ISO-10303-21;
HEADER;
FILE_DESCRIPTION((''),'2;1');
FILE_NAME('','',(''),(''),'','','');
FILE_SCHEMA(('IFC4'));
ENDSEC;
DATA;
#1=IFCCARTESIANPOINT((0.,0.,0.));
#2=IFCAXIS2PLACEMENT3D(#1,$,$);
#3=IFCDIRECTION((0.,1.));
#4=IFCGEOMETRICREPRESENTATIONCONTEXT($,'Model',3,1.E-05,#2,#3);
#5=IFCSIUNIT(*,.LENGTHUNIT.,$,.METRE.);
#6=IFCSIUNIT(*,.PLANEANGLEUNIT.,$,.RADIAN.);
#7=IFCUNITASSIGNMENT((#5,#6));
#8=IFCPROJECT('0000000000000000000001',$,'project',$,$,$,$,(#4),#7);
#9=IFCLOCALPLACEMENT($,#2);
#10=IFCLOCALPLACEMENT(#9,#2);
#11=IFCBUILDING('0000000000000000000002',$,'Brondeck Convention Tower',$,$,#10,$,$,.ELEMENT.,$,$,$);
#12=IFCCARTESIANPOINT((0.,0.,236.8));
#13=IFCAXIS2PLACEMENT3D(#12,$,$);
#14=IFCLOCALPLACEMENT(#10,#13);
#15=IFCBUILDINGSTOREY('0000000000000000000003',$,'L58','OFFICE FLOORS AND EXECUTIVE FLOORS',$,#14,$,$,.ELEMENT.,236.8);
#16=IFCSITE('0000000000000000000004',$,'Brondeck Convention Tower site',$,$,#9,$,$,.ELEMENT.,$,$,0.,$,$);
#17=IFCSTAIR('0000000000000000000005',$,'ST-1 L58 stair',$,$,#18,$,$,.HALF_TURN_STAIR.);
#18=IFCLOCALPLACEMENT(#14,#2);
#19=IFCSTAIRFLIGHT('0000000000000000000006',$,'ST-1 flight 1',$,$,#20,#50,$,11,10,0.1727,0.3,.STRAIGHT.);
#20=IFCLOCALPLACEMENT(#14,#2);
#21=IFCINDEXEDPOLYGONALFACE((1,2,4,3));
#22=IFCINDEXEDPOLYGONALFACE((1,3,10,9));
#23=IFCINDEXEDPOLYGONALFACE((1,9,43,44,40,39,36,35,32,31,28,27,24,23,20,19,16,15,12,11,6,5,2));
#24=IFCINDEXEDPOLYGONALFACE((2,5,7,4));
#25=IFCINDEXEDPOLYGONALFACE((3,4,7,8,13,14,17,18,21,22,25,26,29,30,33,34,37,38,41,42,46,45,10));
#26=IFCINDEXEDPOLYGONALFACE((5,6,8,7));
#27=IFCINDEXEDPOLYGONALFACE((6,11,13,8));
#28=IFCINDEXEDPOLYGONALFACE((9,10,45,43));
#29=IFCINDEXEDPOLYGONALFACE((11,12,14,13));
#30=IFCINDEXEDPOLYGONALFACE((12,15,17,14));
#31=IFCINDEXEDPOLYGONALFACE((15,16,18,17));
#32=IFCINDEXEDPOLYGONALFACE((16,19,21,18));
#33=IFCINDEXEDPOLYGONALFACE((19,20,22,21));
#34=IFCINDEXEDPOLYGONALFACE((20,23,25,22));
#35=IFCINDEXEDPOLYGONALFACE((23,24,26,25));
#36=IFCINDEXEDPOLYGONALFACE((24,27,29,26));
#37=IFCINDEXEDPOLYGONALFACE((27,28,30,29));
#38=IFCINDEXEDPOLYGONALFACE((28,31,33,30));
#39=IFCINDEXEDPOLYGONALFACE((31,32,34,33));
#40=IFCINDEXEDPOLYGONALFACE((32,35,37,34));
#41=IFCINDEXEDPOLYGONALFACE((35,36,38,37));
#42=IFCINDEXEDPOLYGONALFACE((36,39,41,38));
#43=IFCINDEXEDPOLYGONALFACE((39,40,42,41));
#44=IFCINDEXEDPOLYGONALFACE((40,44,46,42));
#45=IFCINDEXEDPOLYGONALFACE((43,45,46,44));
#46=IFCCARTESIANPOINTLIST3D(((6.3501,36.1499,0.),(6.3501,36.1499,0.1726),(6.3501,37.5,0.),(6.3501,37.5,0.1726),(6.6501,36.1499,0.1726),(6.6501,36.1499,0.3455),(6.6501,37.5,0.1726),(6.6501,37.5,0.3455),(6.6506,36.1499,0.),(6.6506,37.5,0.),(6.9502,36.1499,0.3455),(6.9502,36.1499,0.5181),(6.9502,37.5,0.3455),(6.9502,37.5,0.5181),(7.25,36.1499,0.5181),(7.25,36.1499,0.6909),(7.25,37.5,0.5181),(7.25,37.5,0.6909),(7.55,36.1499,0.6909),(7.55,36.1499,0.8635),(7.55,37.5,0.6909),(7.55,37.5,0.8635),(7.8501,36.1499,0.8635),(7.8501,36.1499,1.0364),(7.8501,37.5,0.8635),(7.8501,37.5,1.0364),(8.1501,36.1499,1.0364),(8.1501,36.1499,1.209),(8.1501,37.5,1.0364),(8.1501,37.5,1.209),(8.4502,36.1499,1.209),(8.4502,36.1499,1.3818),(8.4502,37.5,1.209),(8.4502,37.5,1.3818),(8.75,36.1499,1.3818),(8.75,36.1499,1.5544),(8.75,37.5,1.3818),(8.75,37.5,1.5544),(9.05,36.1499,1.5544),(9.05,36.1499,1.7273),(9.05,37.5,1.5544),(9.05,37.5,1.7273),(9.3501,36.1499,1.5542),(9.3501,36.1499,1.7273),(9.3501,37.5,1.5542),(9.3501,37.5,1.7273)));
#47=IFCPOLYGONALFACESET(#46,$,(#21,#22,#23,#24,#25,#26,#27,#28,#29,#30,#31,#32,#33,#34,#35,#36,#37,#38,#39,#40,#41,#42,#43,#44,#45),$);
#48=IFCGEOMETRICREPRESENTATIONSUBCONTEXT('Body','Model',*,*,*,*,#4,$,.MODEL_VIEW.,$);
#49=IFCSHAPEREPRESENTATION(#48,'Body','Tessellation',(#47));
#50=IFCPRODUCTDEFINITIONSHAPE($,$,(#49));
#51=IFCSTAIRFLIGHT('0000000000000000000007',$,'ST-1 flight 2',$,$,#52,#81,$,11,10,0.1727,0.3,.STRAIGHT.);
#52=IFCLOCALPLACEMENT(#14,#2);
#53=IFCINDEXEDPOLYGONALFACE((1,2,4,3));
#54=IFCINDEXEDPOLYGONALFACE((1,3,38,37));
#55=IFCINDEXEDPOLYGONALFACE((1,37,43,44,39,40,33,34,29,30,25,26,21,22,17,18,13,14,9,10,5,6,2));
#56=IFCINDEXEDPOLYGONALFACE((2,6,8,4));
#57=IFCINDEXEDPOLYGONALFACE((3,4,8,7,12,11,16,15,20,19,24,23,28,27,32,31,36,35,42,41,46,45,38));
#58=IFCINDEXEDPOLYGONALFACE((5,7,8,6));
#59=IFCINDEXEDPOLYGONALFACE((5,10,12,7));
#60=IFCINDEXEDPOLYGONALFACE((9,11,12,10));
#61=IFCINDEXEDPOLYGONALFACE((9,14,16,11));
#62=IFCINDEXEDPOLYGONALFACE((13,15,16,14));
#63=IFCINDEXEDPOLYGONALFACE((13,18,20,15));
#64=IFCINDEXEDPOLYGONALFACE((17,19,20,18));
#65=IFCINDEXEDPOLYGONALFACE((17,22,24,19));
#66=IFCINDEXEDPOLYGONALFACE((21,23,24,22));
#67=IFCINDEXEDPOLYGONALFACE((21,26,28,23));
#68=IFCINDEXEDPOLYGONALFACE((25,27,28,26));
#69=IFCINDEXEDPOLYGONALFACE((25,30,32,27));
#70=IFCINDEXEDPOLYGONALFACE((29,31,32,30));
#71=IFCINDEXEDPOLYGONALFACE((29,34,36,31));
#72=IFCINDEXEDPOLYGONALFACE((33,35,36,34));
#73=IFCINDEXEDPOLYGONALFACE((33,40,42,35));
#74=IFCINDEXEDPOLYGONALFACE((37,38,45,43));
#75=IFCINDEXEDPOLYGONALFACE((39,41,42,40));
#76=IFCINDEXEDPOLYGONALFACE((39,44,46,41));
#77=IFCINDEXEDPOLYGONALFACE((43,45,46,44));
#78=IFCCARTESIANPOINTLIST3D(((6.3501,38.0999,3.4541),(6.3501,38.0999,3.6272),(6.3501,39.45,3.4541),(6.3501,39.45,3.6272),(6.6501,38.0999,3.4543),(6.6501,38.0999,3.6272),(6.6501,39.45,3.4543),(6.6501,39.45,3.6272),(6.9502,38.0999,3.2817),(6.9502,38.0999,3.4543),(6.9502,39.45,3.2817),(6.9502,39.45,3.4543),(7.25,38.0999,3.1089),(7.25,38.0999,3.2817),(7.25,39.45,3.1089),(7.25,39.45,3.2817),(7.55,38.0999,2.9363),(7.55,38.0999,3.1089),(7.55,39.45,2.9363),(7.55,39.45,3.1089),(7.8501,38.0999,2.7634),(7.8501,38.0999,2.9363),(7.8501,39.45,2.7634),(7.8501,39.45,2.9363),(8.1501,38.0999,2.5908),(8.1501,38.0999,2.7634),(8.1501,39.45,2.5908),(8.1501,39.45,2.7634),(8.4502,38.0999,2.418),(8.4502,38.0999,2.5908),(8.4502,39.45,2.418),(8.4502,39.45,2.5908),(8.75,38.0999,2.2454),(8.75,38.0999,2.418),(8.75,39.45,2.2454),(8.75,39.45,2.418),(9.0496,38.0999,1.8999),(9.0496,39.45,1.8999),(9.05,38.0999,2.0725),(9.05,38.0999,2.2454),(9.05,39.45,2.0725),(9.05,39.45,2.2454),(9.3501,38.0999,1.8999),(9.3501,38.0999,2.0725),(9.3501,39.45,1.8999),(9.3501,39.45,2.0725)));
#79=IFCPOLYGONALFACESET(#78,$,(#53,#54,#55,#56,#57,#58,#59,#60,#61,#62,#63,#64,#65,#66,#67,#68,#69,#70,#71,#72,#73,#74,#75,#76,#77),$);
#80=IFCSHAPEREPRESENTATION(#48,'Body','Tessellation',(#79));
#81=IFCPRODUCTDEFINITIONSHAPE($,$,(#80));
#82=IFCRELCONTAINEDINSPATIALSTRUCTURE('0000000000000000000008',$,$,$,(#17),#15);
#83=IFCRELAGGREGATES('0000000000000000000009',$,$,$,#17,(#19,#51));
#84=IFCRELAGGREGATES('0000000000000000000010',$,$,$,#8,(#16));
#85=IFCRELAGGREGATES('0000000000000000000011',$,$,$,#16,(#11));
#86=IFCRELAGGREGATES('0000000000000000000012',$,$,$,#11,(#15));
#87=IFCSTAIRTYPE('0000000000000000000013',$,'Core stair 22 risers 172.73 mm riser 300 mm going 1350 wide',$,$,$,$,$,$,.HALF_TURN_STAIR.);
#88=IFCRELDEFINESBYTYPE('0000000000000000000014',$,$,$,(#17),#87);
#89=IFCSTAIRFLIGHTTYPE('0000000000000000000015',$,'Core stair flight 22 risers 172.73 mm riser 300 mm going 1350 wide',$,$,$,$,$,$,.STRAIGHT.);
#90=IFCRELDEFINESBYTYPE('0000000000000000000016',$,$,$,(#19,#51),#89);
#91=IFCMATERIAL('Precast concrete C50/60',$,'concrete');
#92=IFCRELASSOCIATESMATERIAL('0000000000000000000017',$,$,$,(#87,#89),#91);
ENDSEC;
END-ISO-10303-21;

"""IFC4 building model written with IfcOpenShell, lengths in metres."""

from ifc_helpers import new_model, si_unit, direction, frame, origin, place, context, subcontext, project, spatial, polyline, outline, extrude, material, type_object, element, aggregate, save


model = new_model("IFC4")

# Units and contexts
model_context = context("Model", 3, precision=1e-05, world=origin(), true_north=direction((0.0, 1.0)))
body_context = subcontext(model_context, "Body", "Model", "MODEL_VIEW")
ifc_project = project(units=[si_unit("LENGTHUNIT", "METRE"), si_unit("PLANEANGLEUNIT", "RADIAN")], contexts=[model_context])

# Site, building, storey
site_placement = place(None, origin())
site = spatial("IfcSite", under=ifc_project, at=site_placement, Name="Brondeck Convention Tower site", CompositionType="ELEMENT", RefElevation=0.0)
building_placement = place(site_placement, origin())
building = spatial("IfcBuilding", under=site, at=building_placement, Name="Brondeck Convention Tower", CompositionType="ELEMENT")
storey_placement = place(building_placement, frame((0.0, 0.0, 236.8)))
storey = spatial("IfcBuildingStorey", under=building, at=storey_placement, Name="L58", Description="OFFICE FLOORS AND EXECUTIVE FLOORS", CompositionType="ELEMENT", Elevation=236.8)

# Stair, stair flights
ifc_material_1 = material(Name="Precast concrete C50/60", Category="concrete")
stair_type = type_object("IfcStairType", Name="Core stair 22 risers 172.73 mm riser 300 mm going 1350 wide", PredefinedType="HALF_TURN_STAIR", material=ifc_material_1)
stair_placement = place(storey_placement, origin())
stair = element("IfcStair", 1, at=stair_placement, inside=storey, type_object=stair_type, Name="ST-1 L58 stair", PredefinedType="HALF_TURN_STAIR")
stair_flight_type = type_object("IfcStairFlightType", Name="Core stair flight 22 risers 172.73 mm riser 300 mm going 1350 wide", PredefinedType="STRAIGHT", material=ifc_material_1)
stair_flight_1_placement = place(storey_placement, frame((6.3501, 36.825, 0.0), z_axis=(0.0, 0.0, 1.0), x_axis=(1.0, 0.0, 0.0)))
stair_flight_1 = element("IfcStairFlight", 2, at=stair_flight_1_placement, type_object=stair_flight_type, Name="ST-1 flight 1", NumberOfRisers=11, NumberOfTreads=10, PredefinedType="STRAIGHT", RiserHeight=0.1727, TreadLength=0.3, context=body_context, shape_type="SweptSolid", body=[
    extrude(outline(polyline([(0.0, 0.0), (0.0, 0.1726), (0.3, 0.1726), (0.3, 0.3455), (0.6001, 0.3455), (0.6001, 0.5181), (0.8999, 0.5181), (0.8999, 0.6909), (1.2, 0.6909), (1.2, 0.8635), (1.5, 0.8635), (1.5, 1.0364), (1.8, 1.0364), (1.8, 1.209), (2.1001, 1.209), (2.1001, 1.3818), (2.3999, 1.3818), (2.3999, 1.5544), (2.7, 1.5544), (2.7, 1.7273), (3.0, 1.7273), (3.0, 1.8999), (3.0, 1.5542), (0.3005, 0.0), (0.0, 0.0)])), frame((0.0, 0.675, 0.0), z_axis=(0.0, -1.0, 0.0), x_axis=(1.0, 0.0, 0.0)), (0.0, 0.0, 1.0), 1.3501),
])
stair_flight_2_placement = place(storey_placement, frame((9.3501, 38.7749, 1.8999), z_axis=(0.0, 0.0, 1.0), x_axis=(-1.0, 0.0, 0.0)))
stair_flight_2 = element("IfcStairFlight", 3, at=stair_flight_2_placement, type_object=stair_flight_type, Name="ST-1 flight 2", NumberOfRisers=11, NumberOfTreads=10, PredefinedType="STRAIGHT", RiserHeight=0.1727, TreadLength=0.3, context=body_context, shape_type="SweptSolid", body=[
    extrude(outline(polyline([(0.0, 0.0), (0.0, 0.1726), (0.3, 0.1726), (0.3, 0.3455), (0.6001, 0.3455), (0.6001, 0.5181), (0.8999, 0.5181), (0.8999, 0.6909), (1.2, 0.6909), (1.2, 0.8635), (1.5, 0.8635), (1.5, 1.0364), (1.8, 1.0364), (1.8, 1.209), (2.1001, 1.209), (2.1001, 1.3818), (2.3999, 1.3818), (2.3999, 1.5544), (2.7, 1.5544), (2.7, 1.7273), (3.0, 1.7273), (3.0, 1.8999), (3.0, 1.5542), (0.3005, 0.0), (0.0, 0.0)])), frame((0.0, 0.675, 0.0), z_axis=(0.0, -1.0, 0.0), x_axis=(1.0, 0.0, 0.0)), (0.0, 0.0, 1.0), 1.3501),
])
aggregate(stair, [stair_flight_1, stair_flight_2])

save(model, "model.ifc")
